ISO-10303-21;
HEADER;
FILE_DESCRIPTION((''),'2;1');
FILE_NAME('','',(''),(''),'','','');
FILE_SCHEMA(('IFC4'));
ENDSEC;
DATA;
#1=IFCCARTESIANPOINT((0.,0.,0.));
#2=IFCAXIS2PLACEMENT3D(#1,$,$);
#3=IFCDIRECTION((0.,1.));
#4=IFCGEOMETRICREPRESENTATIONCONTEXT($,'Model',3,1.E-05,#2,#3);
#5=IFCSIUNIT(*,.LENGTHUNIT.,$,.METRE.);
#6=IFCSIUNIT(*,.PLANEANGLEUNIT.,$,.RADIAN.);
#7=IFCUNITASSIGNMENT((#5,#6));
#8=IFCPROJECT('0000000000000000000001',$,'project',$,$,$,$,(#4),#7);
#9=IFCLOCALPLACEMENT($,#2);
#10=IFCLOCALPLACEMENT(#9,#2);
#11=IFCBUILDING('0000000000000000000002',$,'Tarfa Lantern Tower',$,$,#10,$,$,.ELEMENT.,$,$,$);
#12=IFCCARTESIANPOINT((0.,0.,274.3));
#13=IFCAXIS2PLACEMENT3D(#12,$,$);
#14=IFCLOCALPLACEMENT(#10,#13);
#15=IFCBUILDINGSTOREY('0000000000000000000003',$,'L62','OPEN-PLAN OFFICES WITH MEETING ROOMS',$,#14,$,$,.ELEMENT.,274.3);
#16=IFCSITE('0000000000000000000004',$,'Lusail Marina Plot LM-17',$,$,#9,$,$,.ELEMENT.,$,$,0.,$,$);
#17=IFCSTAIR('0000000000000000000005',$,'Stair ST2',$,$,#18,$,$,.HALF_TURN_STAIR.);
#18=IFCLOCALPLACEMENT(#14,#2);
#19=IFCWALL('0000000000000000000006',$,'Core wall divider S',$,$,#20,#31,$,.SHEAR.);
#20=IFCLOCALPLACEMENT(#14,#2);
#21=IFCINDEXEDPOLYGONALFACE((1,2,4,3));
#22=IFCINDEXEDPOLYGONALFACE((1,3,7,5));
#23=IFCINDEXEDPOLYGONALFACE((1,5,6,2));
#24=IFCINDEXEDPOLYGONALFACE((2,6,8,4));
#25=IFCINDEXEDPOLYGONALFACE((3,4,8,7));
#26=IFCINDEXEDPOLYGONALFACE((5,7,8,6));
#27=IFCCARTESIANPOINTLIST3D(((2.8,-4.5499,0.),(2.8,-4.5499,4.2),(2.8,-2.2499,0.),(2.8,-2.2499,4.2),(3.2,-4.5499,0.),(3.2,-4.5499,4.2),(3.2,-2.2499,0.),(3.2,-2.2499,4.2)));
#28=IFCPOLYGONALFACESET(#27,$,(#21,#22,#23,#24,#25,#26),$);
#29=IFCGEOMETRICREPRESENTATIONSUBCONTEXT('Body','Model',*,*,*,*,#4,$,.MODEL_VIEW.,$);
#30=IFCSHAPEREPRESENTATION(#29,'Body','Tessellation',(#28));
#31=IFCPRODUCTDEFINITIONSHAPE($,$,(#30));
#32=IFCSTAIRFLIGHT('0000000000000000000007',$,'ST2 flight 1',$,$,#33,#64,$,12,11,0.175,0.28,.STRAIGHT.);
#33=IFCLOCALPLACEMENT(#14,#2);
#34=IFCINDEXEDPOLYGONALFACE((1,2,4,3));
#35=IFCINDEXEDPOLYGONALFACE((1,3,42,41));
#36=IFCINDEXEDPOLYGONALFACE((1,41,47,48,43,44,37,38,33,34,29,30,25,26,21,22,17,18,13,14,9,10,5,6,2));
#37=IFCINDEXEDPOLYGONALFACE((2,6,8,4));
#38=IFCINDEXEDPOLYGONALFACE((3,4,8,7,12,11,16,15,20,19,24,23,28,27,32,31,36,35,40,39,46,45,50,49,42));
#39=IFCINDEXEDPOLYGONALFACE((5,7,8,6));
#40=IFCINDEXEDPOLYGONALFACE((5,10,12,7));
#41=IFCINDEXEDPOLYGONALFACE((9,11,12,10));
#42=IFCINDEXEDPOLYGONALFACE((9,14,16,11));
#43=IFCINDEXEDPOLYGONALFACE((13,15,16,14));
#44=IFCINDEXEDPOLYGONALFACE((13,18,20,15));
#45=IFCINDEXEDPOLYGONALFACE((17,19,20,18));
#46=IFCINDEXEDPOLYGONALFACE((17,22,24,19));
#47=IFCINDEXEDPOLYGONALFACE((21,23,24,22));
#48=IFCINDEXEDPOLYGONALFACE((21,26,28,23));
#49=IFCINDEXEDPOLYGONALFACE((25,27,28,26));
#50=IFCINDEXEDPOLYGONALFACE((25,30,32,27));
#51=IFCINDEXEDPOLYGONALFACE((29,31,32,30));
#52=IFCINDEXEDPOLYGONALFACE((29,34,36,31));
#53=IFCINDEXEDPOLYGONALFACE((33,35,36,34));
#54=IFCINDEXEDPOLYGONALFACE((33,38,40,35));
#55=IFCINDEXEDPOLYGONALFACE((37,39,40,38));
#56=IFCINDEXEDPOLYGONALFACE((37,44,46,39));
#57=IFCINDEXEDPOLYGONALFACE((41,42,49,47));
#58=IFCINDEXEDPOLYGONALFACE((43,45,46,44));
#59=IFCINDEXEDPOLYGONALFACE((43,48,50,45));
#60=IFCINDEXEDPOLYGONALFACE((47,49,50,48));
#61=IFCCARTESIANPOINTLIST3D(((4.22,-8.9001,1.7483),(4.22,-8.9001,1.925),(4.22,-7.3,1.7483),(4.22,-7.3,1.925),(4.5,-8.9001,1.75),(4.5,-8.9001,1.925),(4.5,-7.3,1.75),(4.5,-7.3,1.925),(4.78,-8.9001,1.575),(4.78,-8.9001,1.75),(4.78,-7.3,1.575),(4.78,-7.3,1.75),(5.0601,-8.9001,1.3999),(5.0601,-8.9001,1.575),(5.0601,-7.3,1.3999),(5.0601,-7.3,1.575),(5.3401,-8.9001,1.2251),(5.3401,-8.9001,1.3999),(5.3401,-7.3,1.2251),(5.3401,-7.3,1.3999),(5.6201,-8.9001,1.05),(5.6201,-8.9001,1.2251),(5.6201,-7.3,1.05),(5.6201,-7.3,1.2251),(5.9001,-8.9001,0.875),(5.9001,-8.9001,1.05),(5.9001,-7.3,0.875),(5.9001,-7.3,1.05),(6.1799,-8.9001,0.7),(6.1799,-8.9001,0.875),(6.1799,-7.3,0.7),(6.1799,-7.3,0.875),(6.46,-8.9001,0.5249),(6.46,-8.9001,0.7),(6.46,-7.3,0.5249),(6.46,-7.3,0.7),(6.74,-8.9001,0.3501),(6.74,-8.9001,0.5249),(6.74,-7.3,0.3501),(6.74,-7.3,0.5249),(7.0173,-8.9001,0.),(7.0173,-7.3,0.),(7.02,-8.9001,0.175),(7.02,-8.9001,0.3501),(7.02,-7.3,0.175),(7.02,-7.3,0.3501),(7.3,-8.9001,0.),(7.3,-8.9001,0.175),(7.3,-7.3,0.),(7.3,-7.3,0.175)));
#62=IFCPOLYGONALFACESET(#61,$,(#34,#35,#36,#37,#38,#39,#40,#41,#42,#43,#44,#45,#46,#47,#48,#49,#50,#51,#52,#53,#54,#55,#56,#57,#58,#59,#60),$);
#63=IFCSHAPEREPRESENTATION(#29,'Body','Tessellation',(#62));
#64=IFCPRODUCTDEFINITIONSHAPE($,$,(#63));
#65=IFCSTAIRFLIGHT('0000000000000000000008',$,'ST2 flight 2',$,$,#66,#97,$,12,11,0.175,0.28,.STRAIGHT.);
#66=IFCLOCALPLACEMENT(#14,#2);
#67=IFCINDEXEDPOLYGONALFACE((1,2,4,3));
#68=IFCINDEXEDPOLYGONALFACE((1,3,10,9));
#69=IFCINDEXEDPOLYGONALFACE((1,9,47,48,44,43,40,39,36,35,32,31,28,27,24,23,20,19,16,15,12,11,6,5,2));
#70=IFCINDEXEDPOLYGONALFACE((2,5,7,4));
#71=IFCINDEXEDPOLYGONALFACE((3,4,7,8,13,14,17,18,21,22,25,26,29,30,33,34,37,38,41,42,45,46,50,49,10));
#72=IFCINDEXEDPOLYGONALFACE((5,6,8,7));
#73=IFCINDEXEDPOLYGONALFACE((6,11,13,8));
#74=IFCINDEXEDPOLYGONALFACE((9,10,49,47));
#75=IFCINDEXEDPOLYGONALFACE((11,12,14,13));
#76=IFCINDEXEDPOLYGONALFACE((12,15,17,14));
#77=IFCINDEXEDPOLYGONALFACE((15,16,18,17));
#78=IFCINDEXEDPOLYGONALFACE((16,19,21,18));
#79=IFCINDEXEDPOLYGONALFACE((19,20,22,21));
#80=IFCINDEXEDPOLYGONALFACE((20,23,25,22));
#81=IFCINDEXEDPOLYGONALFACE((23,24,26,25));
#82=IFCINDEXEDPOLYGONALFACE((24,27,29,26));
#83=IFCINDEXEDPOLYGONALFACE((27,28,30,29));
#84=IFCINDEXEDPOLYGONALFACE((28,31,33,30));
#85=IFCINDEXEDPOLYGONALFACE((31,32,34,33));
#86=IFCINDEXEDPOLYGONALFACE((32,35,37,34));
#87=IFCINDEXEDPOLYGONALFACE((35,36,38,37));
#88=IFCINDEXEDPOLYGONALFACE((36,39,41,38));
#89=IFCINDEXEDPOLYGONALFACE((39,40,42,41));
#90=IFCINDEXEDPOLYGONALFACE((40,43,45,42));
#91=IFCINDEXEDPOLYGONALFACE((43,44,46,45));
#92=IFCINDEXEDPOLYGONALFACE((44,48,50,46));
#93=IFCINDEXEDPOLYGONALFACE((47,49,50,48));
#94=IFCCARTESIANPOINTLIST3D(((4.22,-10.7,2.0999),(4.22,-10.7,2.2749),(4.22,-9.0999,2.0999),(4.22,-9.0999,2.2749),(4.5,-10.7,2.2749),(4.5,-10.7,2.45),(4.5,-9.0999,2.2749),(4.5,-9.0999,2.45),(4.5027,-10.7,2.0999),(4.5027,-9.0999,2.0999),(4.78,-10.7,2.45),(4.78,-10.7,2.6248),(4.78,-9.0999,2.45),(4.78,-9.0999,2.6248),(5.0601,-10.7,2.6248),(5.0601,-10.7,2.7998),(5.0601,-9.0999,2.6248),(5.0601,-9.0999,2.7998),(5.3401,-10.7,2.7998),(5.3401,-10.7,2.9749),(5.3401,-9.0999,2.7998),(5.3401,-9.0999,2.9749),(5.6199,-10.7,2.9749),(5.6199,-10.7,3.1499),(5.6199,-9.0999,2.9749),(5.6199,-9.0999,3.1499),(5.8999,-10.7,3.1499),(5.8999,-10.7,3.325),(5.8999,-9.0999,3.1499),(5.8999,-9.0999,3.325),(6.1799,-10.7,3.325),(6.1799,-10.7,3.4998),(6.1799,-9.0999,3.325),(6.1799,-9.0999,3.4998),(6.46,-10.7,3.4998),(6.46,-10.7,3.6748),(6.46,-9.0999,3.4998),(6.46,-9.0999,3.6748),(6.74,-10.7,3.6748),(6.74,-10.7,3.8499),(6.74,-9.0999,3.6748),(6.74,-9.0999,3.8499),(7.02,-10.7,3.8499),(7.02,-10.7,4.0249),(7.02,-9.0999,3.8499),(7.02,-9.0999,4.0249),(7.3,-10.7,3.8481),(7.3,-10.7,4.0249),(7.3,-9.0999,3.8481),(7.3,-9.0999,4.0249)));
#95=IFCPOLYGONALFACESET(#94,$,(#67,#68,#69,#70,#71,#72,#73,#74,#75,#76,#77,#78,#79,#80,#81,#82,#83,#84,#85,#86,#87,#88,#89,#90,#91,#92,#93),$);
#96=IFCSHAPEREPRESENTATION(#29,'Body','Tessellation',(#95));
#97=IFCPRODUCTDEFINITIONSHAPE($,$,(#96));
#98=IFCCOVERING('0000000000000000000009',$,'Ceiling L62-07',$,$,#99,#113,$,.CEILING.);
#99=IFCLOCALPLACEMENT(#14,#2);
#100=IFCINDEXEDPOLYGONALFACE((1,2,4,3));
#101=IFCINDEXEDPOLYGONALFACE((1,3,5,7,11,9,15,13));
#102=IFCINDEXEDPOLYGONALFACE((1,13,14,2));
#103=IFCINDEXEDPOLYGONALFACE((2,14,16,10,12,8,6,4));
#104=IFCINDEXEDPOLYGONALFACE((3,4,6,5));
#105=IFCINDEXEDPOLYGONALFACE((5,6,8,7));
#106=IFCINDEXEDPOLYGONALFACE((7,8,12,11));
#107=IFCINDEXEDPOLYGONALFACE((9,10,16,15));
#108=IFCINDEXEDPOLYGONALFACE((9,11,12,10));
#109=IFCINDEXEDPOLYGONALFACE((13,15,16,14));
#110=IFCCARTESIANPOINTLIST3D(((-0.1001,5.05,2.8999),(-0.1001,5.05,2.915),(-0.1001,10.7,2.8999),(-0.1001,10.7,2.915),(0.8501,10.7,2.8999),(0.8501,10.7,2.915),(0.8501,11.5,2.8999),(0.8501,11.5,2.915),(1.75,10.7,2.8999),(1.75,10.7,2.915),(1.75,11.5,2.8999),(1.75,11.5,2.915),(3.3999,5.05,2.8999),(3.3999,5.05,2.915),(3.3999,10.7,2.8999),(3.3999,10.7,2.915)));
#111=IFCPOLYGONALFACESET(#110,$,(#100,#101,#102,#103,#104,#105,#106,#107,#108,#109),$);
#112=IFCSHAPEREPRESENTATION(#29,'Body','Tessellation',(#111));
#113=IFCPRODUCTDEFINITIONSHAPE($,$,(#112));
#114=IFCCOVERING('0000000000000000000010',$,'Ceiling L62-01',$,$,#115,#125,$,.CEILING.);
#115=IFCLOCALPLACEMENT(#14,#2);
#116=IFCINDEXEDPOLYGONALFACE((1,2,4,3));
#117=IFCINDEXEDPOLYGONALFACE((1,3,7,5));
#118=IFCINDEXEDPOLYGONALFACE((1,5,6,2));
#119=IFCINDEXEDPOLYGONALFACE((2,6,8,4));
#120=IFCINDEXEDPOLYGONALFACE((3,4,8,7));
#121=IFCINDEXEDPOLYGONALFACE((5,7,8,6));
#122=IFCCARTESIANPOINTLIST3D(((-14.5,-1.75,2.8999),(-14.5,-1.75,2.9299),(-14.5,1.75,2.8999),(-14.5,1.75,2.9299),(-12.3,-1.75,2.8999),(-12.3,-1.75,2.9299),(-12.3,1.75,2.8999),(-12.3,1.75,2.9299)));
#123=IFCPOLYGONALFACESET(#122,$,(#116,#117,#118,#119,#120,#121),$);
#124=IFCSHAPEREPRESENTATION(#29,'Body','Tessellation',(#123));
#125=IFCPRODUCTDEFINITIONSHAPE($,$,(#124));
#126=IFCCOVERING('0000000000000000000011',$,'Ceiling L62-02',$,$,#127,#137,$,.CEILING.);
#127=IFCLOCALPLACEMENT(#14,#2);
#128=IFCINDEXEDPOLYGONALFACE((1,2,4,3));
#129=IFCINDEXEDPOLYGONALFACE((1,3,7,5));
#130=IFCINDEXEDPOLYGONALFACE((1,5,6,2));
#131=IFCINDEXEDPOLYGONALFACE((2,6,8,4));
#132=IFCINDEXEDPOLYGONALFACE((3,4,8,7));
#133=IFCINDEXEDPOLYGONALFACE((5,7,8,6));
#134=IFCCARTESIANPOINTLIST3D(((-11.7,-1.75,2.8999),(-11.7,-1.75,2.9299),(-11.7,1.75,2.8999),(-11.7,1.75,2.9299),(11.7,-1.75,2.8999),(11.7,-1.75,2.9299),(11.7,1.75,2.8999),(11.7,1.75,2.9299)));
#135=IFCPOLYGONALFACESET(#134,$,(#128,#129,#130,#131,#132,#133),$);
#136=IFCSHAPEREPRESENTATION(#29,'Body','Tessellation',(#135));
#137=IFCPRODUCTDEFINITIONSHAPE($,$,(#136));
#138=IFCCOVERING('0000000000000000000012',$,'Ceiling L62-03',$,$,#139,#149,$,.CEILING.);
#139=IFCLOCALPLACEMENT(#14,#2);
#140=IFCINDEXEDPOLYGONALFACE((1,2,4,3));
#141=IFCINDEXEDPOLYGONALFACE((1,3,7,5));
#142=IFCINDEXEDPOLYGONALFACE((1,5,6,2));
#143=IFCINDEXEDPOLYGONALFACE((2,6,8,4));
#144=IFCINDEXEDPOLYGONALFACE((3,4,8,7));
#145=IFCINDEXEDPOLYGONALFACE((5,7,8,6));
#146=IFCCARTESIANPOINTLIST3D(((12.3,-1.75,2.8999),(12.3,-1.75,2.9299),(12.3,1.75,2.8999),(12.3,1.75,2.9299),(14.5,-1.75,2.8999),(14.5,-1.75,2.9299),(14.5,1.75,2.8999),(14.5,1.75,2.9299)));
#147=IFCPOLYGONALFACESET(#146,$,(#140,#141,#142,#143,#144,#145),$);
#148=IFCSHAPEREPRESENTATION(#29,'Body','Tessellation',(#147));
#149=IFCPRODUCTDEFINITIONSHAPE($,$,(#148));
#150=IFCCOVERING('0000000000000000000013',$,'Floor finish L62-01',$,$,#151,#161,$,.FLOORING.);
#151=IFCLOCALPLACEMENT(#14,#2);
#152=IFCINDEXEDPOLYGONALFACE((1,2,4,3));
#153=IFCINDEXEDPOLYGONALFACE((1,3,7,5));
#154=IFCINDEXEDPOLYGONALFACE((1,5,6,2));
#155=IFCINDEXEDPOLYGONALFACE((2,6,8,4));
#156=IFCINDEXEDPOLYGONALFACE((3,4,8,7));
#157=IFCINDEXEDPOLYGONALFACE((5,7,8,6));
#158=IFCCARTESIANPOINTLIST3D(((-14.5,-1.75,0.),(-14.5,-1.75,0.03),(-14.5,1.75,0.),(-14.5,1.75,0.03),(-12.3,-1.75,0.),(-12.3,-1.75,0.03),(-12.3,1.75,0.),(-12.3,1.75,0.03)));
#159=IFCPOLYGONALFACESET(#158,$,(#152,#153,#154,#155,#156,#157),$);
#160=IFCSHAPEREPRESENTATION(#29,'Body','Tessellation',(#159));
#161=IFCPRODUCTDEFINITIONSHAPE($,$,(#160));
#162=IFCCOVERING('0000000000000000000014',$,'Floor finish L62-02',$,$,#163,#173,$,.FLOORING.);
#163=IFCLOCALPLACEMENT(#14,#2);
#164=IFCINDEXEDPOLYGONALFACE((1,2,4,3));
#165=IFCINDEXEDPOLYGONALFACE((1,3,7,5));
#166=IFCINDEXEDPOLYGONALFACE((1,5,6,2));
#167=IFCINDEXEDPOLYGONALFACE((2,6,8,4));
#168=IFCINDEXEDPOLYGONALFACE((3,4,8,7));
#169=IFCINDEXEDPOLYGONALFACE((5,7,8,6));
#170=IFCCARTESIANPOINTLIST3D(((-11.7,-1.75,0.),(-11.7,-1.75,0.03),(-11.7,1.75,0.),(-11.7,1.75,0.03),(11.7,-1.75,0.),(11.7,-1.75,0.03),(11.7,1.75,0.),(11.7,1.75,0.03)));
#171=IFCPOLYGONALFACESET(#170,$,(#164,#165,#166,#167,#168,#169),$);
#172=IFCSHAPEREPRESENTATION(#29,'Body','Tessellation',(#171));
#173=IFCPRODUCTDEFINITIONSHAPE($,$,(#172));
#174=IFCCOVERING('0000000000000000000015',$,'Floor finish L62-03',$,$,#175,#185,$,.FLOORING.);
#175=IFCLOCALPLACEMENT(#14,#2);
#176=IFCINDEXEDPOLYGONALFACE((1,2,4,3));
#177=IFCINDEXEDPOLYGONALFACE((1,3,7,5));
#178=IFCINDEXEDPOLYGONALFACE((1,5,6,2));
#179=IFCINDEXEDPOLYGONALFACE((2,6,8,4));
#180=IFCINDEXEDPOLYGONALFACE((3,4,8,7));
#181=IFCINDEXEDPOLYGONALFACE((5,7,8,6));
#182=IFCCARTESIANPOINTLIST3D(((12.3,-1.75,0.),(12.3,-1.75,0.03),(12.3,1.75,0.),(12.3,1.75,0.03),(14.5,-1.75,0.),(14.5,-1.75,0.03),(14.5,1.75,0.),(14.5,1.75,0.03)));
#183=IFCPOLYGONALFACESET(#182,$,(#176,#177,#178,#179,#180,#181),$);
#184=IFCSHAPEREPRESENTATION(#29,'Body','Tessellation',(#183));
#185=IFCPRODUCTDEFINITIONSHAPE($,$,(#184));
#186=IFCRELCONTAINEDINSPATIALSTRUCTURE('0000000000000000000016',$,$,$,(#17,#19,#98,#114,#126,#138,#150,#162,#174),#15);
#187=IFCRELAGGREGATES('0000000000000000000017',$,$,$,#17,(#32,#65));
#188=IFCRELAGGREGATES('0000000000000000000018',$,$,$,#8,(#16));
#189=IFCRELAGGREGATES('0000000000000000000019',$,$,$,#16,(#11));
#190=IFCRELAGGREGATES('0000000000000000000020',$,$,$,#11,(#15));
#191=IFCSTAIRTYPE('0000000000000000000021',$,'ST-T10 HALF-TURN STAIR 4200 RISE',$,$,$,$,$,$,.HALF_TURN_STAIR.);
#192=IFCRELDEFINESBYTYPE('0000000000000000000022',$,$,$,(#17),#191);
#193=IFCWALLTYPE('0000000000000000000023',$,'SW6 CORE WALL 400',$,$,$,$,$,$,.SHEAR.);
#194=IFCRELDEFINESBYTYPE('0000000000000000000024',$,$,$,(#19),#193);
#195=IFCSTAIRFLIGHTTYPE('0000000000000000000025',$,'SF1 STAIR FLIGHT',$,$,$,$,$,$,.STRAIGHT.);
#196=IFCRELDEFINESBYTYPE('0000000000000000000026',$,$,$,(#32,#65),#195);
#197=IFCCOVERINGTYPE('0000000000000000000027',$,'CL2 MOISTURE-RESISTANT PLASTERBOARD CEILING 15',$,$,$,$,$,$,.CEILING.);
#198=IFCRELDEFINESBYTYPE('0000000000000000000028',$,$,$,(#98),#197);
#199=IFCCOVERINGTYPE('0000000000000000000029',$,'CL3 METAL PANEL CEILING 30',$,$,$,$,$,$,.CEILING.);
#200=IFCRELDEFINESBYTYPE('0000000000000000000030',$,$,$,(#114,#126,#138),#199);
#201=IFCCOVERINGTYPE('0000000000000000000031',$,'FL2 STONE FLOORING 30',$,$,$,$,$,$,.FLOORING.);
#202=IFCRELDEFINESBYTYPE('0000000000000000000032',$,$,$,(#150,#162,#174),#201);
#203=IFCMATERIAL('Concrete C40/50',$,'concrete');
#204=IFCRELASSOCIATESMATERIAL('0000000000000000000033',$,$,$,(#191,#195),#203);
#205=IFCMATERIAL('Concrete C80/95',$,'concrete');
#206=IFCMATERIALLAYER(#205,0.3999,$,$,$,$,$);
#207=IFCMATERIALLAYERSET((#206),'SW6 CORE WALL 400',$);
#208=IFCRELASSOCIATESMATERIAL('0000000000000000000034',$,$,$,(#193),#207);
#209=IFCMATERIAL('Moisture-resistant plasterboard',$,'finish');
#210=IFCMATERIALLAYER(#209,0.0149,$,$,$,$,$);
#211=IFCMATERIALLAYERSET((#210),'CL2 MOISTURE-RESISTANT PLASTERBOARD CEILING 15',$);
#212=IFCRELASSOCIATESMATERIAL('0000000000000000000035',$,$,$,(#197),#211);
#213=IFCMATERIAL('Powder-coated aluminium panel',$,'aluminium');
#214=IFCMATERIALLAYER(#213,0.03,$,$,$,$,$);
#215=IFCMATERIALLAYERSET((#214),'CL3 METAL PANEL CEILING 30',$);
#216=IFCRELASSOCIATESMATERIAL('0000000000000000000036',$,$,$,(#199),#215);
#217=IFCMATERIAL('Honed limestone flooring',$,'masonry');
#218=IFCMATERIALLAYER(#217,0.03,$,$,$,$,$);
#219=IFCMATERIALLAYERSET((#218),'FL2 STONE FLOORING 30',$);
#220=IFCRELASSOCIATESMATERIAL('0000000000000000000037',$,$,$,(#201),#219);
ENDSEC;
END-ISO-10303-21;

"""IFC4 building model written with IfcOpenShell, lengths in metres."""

from ifc_helpers import new_model, si_unit, direction, frame, frame_2d, origin, place, context, subcontext, project, spatial, polyline, rectangle, outline, extrude, material, layer, layer_set, type_object, element, aggregate, save


model = new_model("IFC4")

# Units and contexts
model_context = context("Model", 3, precision=1e-05, world=origin(), true_north=direction((0.0, 1.0)))
body_context = subcontext(model_context, "Body", "Model", "MODEL_VIEW")
ifc_project = project(units=[si_unit("LENGTHUNIT", "METRE"), si_unit("PLANEANGLEUNIT", "RADIAN")], contexts=[model_context])

# Site, building, storey
site_placement = place(None, origin())
site = spatial("IfcSite", under=ifc_project, at=site_placement, Name="Lusail Marina Plot LM-17", CompositionType="ELEMENT", RefElevation=0.0)
building_placement = place(site_placement, origin())
building = spatial("IfcBuilding", under=site, at=building_placement, Name="Tarfa Lantern Tower", CompositionType="ELEMENT")
storey_placement = place(building_placement, frame((0.0, 0.0, 274.3)))
storey = spatial("IfcBuildingStorey", under=building, at=storey_placement, Name="L62", Description="OPEN-PLAN OFFICES WITH MEETING ROOMS", CompositionType="ELEMENT", Elevation=274.3)

# Stair
ifc_material_1 = material(Name="Concrete C40/50", Category="concrete")
stair_type = type_object("IfcStairType", Name="ST-T10 HALF-TURN STAIR 4200 RISE", PredefinedType="HALF_TURN_STAIR", material=ifc_material_1)
stair_1_placement = place(storey_placement, origin())
stair_1 = element("IfcStair", 1, at=stair_1_placement, inside=storey, type_object=stair_type, Name="Stair ST2", PredefinedType="HALF_TURN_STAIR")

# Shared definitions
ifc_material_2 = material(Name="Concrete C80/95", Category="concrete")

# Wall
ifc_layer_1 = layer(ifc_material_2, 0.3999)
ifc_layer_set_1 = layer_set([ifc_layer_1], Name="SW6 CORE WALL 400")
wall_type_1 = type_object("IfcWallType", Name="SW6 CORE WALL 400", PredefinedType="SHEAR", material=ifc_layer_set_1)
for number, where, z_axis, x_axis, name in (
    (2, (3.0, -2.25, 0.0), (0.0, 0.0, 1.0), (0.0, -1.0, 0.0), "Core wall divider S"),
):
    element("IfcWall", number, at=place(storey_placement, frame(where, z_axis=z_axis, x_axis=x_axis)), inside=storey, type_object=wall_type_1, Name=name, PredefinedType="SHEAR", context=body_context, shape_type="SweptSolid", body=[
        extrude(rectangle(XDim=2.3, YDim=0.3999, at=frame_2d((1.1499, 0.0))), origin(), (0.0, 0.0, 1.0), 4.2),
    ])

# Stair flights
stair_flight_type = type_object("IfcStairFlightType", Name="SF1 STAIR FLIGHT", PredefinedType="STRAIGHT", material=ifc_material_1)
stair_flight_1_placement = place(storey_placement, frame((7.3, -8.1001, 0.0), z_axis=(0.0, 0.0, 1.0), x_axis=(-1.0, 0.0, 0.0)))
stair_flight_1 = element("IfcStairFlight", 3, at=stair_flight_1_placement, type_object=stair_flight_type, Name="ST2 flight 1", NumberOfRisers=12, NumberOfTreads=11, PredefinedType="STRAIGHT", RiserHeight=0.175, TreadLength=0.28, context=body_context, shape_type="SweptSolid", body=[
    extrude(outline(polyline([(0.0, 0.0), (0.0, 0.175), (0.28, 0.175), (0.28, 0.3501), (0.5601, 0.3501), (0.5601, 0.5249), (0.8401, 0.5249), (0.8401, 0.7), (1.1201, 0.7), (1.1201, 0.875), (1.3999, 0.875), (1.3999, 1.05), (1.6799, 1.05), (1.6799, 1.2251), (1.96, 1.2251), (1.96, 1.3999), (2.24, 1.3999), (2.24, 1.575), (2.52, 1.575), (2.52, 1.75), (2.8, 1.75), (2.8, 1.925), (3.0801, 1.925), (3.0801, 2.1001), (3.0801, 1.7483), (0.2827, 0.0), (0.0, 0.0)])), frame((0.0, 0.8, 0.0), z_axis=(0.0, -1.0, 0.0), x_axis=(1.0, 0.0, 0.0)), (0.0, 0.0, 1.0), 1.6001),
])
stair_flight_2_placement = place(storey_placement, frame((4.22, -9.8999, 2.0999), z_axis=(0.0, 0.0, 1.0), x_axis=(1.0, 0.0, 0.0)))
stair_flight_2 = element("IfcStairFlight", 4, at=stair_flight_2_placement, type_object=stair_flight_type, Name="ST2 flight 2", NumberOfRisers=12, NumberOfTreads=11, PredefinedType="STRAIGHT", RiserHeight=0.175, TreadLength=0.28, context=body_context, shape_type="SweptSolid", body=[
    extrude(outline(polyline([(0.0, 0.0), (0.0, 0.175), (0.28, 0.175), (0.28, 0.3501), (0.5601, 0.3501), (0.5601, 0.5249), (0.8401, 0.5249), (0.8401, 0.7), (1.1201, 0.7), (1.1201, 0.875), (1.3999, 0.875), (1.3999, 1.05), (1.6799, 1.05), (1.6799, 1.2251), (1.96, 1.2251), (1.96, 1.3999), (2.24, 1.3999), (2.24, 1.575), (2.52, 1.575), (2.52, 1.75), (2.8, 1.75), (2.8, 1.925), (3.0801, 1.925), (3.0801, 2.1001), (3.0801, 1.7483), (0.2827, 0.0), (0.0, 0.0)])), frame((0.0, 0.8, 0.0), z_axis=(0.0, -1.0, 0.0), x_axis=(1.0, 0.0, 0.0)), (0.0, 0.0, 1.0), 1.6001),
])
aggregate(stair_1, [stair_flight_1, stair_flight_2])

# Coverings
ifc_material_3 = material(Name="Moisture-resistant plasterboard", Category="finish")
ifc_layer_2 = layer(ifc_material_3, 0.0149)
ifc_layer_set_2 = layer_set([ifc_layer_2], Name="CL2 MOISTURE-RESISTANT PLASTERBOARD CEILING 15")
covering_type_1 = type_object("IfcCoveringType", Name="CL2 MOISTURE-RESISTANT PLASTERBOARD CEILING 15", PredefinedType="CEILING", material=ifc_layer_set_2)
covering_1_placement = place(storey_placement, frame((0.0, 0.0, 2.8999)))
element("IfcCovering", 5, at=covering_1_placement, inside=storey, type_object=covering_type_1, Name="Ceiling L62-07", PredefinedType="CEILING", context=body_context, shape_type="SweptSolid", body=[
    extrude(outline(polyline([(0.8501, 10.7), (-0.1001, 10.7), (-0.1001, 5.05), (3.3999, 5.05), (3.3999, 10.7), (1.75, 10.7), (1.75, 11.5), (0.8501, 11.5), (0.8501, 11.5), (0.8501, 10.7)])), origin(), (0.0, 0.0, 1.0), 0.0151),
])
ifc_material_4 = material(Name="Powder-coated aluminium panel", Category="aluminium")
ifc_layer_3 = layer(ifc_material_4, 0.03)
ifc_layer_set_3 = layer_set([ifc_layer_3], Name="CL3 METAL PANEL CEILING 30")
covering_type_2 = type_object("IfcCoveringType", Name="CL3 METAL PANEL CEILING 30", PredefinedType="CEILING", material=ifc_layer_set_3)
covering_2_placement = place(storey_placement, frame((0.0, 0.0, 2.8999)))
element("IfcCovering", 6, at=covering_2_placement, inside=storey, type_object=covering_type_2, Name="Ceiling L62-01", PredefinedType="CEILING", context=body_context, shape_type="SweptSolid", body=[
    extrude(outline(polyline([(-14.5, -1.75), (-12.3, -1.75), (-12.3, 1.75), (-14.5, 1.75), (-14.5, -1.75)])), origin(), (0.0, 0.0, 1.0), 0.03),
])
covering_3_placement = place(storey_placement, frame((0.0, 0.0, 2.8999)))
element("IfcCovering", 7, at=covering_3_placement, inside=storey, type_object=covering_type_2, Name="Ceiling L62-02", PredefinedType="CEILING", context=body_context, shape_type="SweptSolid", body=[
    extrude(outline(polyline([(-11.7, -1.75), (11.7, -1.75), (11.7, 1.75), (-11.7, 1.75), (-11.7, -1.75)])), origin(), (0.0, 0.0, 1.0), 0.03),
])
covering_4_placement = place(storey_placement, frame((0.0, 0.0, 2.8999)))
element("IfcCovering", 8, at=covering_4_placement, inside=storey, type_object=covering_type_2, Name="Ceiling L62-03", PredefinedType="CEILING", context=body_context, shape_type="SweptSolid", body=[
    extrude(outline(polyline([(12.3, -1.75), (14.5, -1.75), (14.5, 1.75), (12.3, 1.75), (12.3, -1.75)])), origin(), (0.0, 0.0, 1.0), 0.03),
])
ifc_material_5 = material(Name="Honed limestone flooring", Category="masonry")
ifc_layer_4 = layer(ifc_material_5, 0.03)
ifc_layer_set_4 = layer_set([ifc_layer_4], Name="FL2 STONE FLOORING 30")
covering_type_3 = type_object("IfcCoveringType", Name="FL2 STONE FLOORING 30", PredefinedType="FLOORING", material=ifc_layer_set_4)
covering_5_placement = place(storey_placement, origin())
element("IfcCovering", 9, at=covering_5_placement, inside=storey, type_object=covering_type_3, Name="Floor finish L62-01", PredefinedType="FLOORING", context=body_context, shape_type="SweptSolid", body=[
    extrude(outline(polyline([(-14.5, -1.75), (-12.3, -1.75), (-12.3, 1.75), (-14.5, 1.75), (-14.5, -1.75)])), origin(), (0.0, 0.0, 1.0), 0.03),
])
covering_6_placement = place(storey_placement, origin())
element("IfcCovering", 10, at=covering_6_placement, inside=storey, type_object=covering_type_3, Name="Floor finish L62-02", PredefinedType="FLOORING", context=body_context, shape_type="SweptSolid", body=[
    extrude(outline(polyline([(-11.7, -1.75), (11.7, -1.75), (11.7, 1.75), (-11.7, 1.75), (-11.7, -1.75)])), origin(), (0.0, 0.0, 1.0), 0.03),
])
covering_7_placement = place(storey_placement, origin())
element("IfcCovering", 11, at=covering_7_placement, inside=storey, type_object=covering_type_3, Name="Floor finish L62-03", PredefinedType="FLOORING", context=body_context, shape_type="SweptSolid", body=[
    extrude(outline(polyline([(12.3, -1.75), (14.5, -1.75), (14.5, 1.75), (12.3, 1.75), (12.3, -1.75)])), origin(), (0.0, 0.0, 1.0), 0.03),
])

save(model, "model.ifc")
